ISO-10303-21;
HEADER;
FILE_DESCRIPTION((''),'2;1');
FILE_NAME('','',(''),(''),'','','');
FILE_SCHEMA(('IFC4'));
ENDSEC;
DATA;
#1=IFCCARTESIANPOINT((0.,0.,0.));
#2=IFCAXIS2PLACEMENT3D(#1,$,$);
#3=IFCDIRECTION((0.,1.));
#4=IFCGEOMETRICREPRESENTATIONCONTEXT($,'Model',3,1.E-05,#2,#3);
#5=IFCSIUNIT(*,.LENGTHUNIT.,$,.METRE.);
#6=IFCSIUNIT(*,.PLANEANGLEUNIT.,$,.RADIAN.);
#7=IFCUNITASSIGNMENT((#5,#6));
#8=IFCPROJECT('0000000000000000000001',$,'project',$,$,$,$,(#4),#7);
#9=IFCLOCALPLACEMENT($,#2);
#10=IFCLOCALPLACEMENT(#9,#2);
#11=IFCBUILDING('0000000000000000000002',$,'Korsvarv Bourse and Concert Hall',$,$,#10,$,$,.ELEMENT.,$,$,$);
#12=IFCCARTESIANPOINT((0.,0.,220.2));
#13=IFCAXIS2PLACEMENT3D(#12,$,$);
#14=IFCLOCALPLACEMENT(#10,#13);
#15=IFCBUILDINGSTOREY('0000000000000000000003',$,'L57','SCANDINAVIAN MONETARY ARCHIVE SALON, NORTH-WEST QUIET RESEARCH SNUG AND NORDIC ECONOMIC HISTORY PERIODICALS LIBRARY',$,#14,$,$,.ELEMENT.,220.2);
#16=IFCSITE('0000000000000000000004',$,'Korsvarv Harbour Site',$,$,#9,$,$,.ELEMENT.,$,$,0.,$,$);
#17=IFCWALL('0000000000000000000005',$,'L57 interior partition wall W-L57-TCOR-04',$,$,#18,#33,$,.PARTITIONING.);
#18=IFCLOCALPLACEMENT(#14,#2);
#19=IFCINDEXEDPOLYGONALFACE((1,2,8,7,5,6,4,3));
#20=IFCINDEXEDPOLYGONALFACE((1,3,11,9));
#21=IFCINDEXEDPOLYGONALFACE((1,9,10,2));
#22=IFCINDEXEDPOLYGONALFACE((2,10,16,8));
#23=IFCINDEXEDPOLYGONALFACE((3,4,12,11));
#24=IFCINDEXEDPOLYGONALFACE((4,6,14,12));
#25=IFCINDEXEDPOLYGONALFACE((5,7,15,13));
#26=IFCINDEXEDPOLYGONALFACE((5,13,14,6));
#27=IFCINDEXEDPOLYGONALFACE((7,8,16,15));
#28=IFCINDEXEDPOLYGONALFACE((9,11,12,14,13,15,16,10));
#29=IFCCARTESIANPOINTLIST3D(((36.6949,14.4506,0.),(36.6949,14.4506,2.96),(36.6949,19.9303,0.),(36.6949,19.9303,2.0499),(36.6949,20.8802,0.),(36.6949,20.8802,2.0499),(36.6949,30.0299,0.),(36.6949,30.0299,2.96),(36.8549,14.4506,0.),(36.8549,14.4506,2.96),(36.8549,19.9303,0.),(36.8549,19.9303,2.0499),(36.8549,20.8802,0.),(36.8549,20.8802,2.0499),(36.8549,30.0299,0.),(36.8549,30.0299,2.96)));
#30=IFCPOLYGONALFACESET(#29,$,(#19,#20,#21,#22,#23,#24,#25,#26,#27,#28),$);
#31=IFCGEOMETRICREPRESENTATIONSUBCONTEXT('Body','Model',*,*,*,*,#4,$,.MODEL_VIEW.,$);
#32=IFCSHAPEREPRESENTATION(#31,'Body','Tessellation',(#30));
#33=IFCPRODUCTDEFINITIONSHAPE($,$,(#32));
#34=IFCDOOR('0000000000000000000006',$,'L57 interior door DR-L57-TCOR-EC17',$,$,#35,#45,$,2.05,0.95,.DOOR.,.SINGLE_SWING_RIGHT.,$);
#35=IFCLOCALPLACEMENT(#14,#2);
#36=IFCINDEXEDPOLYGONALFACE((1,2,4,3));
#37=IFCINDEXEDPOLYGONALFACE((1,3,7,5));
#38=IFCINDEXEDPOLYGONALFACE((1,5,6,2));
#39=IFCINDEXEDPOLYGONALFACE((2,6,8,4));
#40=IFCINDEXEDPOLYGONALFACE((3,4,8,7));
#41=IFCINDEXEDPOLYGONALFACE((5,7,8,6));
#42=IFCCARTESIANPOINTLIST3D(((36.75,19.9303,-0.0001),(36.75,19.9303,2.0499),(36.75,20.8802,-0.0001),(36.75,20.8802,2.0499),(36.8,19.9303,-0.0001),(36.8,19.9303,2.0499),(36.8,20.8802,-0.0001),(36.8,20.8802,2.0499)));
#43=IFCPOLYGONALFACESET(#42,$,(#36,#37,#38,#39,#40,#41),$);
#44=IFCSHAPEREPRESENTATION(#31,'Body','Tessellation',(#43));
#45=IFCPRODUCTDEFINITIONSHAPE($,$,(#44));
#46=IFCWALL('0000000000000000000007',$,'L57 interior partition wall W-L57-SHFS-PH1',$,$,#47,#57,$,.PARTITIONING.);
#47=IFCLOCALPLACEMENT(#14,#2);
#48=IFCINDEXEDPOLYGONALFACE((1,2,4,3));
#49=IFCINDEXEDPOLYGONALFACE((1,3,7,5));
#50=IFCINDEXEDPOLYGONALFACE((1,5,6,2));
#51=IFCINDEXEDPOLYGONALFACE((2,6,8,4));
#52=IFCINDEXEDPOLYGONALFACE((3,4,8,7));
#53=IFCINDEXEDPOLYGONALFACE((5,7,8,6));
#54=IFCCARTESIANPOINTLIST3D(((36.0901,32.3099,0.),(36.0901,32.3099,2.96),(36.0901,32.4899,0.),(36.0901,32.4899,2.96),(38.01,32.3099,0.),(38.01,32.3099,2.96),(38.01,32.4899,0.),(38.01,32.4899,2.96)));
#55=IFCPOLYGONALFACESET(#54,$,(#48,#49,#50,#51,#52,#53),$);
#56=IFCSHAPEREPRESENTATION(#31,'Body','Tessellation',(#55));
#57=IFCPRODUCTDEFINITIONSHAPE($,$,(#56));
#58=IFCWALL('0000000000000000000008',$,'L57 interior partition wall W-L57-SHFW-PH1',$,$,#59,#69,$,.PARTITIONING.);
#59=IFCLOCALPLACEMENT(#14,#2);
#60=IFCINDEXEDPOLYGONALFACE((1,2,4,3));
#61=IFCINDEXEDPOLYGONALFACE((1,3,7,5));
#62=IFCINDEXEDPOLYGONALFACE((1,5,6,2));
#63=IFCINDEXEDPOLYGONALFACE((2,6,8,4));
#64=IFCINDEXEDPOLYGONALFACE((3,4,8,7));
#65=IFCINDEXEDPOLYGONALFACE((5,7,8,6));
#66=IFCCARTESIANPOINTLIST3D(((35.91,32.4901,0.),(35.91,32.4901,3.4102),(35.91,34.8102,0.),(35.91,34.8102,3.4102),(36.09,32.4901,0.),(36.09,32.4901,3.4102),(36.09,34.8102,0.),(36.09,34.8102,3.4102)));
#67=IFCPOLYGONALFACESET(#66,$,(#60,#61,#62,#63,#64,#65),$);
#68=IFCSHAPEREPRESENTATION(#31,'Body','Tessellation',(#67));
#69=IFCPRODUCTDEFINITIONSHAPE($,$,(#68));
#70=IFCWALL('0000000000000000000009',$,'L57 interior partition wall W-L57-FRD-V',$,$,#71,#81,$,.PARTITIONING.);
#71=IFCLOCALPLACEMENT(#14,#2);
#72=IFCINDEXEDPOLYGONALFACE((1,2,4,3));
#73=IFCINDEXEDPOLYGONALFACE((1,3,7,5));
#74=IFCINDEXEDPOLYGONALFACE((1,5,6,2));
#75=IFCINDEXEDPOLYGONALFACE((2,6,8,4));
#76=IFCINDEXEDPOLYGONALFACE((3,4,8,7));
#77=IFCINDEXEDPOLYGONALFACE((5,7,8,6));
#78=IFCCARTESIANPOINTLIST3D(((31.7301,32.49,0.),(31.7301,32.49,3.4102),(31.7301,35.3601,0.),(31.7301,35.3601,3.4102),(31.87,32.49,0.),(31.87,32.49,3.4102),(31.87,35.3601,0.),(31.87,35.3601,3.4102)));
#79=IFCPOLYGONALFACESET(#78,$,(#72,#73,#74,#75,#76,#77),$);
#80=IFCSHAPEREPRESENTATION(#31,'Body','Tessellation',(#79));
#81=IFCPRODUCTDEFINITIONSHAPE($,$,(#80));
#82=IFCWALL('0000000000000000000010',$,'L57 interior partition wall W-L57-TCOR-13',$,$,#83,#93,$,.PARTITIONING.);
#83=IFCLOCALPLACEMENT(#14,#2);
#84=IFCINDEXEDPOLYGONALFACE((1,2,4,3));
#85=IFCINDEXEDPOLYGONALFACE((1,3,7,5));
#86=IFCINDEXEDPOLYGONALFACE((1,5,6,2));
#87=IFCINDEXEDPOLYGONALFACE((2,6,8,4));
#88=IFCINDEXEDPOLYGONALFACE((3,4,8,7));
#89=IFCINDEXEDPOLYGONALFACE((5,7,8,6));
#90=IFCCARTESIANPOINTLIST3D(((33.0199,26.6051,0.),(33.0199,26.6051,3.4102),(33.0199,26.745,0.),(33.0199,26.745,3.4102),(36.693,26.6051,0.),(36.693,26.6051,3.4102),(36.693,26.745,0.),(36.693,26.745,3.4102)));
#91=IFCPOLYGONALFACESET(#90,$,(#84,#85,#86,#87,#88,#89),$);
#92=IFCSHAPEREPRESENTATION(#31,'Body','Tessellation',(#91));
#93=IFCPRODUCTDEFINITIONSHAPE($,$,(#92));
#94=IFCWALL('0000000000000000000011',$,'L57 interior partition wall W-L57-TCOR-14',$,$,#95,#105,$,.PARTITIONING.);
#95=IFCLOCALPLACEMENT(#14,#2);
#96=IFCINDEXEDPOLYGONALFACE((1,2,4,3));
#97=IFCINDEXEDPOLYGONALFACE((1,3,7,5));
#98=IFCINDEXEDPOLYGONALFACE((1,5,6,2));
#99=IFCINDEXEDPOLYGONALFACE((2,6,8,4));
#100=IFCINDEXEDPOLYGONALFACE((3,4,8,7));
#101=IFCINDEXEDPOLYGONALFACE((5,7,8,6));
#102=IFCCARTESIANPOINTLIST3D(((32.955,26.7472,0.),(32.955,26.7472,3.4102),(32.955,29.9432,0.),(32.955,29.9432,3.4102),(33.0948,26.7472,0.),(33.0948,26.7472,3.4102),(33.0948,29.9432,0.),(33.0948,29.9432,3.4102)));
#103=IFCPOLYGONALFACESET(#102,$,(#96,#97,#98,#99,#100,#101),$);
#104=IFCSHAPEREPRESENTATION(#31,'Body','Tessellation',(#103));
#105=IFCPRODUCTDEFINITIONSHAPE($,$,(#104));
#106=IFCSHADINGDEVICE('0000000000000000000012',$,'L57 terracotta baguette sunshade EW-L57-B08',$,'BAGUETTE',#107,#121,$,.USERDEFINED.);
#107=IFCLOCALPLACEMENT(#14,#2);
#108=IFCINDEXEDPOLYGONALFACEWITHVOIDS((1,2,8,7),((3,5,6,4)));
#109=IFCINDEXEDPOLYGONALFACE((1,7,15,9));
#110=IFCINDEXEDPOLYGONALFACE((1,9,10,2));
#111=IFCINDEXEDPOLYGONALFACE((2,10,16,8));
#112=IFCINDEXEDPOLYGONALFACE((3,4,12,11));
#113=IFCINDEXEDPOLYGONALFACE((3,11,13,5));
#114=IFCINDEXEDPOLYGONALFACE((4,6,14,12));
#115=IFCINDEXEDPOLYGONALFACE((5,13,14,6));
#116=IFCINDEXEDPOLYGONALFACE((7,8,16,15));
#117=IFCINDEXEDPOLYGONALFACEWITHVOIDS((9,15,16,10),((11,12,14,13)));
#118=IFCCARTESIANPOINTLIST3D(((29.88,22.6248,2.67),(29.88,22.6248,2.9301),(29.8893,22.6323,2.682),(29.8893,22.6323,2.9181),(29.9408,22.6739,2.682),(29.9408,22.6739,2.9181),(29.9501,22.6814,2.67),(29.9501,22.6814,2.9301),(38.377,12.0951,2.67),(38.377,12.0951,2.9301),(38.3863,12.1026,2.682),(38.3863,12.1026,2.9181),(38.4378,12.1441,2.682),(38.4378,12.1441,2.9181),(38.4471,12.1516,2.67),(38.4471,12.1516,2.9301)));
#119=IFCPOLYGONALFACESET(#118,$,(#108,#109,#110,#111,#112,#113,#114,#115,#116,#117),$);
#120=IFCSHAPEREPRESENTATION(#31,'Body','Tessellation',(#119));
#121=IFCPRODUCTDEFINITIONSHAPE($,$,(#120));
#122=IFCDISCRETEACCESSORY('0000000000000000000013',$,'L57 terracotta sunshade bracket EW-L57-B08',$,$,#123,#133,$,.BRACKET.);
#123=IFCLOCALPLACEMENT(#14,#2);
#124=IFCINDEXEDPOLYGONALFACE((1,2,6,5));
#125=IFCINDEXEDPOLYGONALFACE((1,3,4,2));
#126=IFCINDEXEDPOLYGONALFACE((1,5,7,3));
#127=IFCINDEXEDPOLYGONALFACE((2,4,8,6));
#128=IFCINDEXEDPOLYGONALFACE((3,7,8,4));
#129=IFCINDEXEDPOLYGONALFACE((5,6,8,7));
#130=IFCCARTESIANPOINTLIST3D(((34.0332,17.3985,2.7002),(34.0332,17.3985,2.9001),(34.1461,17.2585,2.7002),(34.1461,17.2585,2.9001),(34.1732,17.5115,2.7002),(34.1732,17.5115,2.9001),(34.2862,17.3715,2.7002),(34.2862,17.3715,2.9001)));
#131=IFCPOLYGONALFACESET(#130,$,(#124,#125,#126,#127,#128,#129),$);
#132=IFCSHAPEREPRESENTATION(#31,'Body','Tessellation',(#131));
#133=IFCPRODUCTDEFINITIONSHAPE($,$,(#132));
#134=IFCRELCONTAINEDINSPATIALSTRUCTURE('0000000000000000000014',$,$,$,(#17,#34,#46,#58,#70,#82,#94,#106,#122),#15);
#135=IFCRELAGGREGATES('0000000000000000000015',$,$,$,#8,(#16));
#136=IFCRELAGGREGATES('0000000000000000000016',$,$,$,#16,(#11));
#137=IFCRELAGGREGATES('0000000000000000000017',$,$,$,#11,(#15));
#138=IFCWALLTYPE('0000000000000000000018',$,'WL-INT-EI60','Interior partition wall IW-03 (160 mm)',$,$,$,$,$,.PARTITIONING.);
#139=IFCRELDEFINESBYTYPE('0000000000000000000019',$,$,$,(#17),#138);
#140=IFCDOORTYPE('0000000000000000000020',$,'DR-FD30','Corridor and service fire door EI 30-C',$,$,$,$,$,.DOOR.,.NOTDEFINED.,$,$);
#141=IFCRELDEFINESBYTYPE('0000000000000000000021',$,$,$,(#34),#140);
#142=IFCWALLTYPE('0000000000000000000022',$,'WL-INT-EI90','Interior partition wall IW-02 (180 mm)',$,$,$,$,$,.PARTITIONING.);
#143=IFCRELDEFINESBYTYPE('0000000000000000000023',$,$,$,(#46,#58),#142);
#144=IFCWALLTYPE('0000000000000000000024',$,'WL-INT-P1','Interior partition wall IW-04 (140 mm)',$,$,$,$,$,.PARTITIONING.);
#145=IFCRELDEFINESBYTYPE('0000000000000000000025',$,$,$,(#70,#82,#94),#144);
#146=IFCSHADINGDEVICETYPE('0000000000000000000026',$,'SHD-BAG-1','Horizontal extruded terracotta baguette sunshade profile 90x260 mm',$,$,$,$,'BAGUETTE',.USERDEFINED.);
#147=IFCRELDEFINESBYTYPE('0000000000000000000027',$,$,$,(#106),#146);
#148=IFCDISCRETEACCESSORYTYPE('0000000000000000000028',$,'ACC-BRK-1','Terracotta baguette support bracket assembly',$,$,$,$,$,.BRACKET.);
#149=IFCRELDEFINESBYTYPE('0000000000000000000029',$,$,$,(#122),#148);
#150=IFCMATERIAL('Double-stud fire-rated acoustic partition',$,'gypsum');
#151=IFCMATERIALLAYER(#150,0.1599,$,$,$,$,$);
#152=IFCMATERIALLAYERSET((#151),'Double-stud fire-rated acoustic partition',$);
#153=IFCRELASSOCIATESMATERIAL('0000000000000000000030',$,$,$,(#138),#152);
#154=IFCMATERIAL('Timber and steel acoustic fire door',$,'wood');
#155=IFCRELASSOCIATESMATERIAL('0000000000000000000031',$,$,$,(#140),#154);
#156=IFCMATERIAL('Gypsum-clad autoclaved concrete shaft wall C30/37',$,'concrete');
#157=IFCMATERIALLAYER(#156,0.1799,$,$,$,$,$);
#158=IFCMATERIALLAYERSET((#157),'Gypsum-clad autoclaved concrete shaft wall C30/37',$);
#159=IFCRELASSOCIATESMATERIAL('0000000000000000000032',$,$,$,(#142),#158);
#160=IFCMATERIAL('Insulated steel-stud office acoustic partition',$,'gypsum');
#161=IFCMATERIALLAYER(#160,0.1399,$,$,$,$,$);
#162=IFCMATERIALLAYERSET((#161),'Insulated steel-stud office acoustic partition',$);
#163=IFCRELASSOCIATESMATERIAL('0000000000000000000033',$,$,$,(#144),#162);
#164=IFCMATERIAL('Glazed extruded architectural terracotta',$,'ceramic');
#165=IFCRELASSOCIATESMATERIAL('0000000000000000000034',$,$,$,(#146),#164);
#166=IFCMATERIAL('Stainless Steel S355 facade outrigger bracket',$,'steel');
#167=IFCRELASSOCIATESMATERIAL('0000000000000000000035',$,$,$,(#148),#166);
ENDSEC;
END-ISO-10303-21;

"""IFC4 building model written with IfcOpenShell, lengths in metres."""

from ifc_helpers import new_model, si_unit, direction, frame, frame_2d, origin, origin_2d, place, context, subcontext, project, spatial, rectangle, hollow_rectangle, extrude, source, transform, mapped, material, layer, layer_set, material_profile, profile_set, type_object, element, fill, save


model = new_model("IFC4")

# Units and contexts
model_context = context("Model", 3, precision=1e-05, world=origin(), true_north=direction((0.0, 1.0)))
body_context = subcontext(model_context, "Body", "Model", "MODEL_VIEW")
ifc_project = project(units=[si_unit("LENGTHUNIT", "METRE"), si_unit("PLANEANGLEUNIT", "RADIAN")], contexts=[model_context])

# Site, building, storey
site_placement = place(None, origin())
site = spatial("IfcSite", under=ifc_project, at=site_placement, Name="Korsvarv Harbour Site", CompositionType="ELEMENT", RefElevation=0.0)
building_placement = place(site_placement, origin())
building = spatial("IfcBuilding", under=site, at=building_placement, Name="Korsvarv Bourse and Concert Hall", CompositionType="ELEMENT")
storey_placement = place(building_placement, frame((0.0, 0.0, 220.2)))
storey = spatial("IfcBuildingStorey", under=building, at=storey_placement, Name="L57", Description="SCANDINAVIAN MONETARY ARCHIVE SALON, NORTH-WEST QUIET RESEARCH SNUG AND NORDIC ECONOMIC HISTORY PERIODICALS LIBRARY", CompositionType="ELEMENT", Elevation=220.2)

# Shared definitions
ifc_material_1 = material(Name="Double-stud fire-rated acoustic partition", Category="gypsum")
ifc_layer_1 = layer(ifc_material_1, 0.1599)
ifc_layer_set_1 = layer_set([ifc_layer_1], Name="Double-stud fire-rated acoustic partition")
wall_type_1 = type_object("IfcWallType", Name="WL-INT-EI60", Description="Interior partition wall IW-03 (160 mm)", PredefinedType="PARTITIONING", material=ifc_layer_set_1)

# Wall, opening, door
wall_1_placement = place(storey_placement, frame((36.7749, 14.4507, 0.0), z_axis=(0.0, 0.0, 1.0), x_axis=(0.0, 1.0, 0.0)))
wall_1 = element("IfcWall", 1, at=wall_1_placement, inside=storey, type_object=wall_type_1, Name="L57 interior partition wall W-L57-TCOR-04", PredefinedType="PARTITIONING", context=body_context, shape_type="SweptSolid", body=[
    extrude(rectangle(XDim=15.5793, YDim=0.1599, at=frame_2d((7.7896, 0.0))), origin(), (0.0, 0.0, 1.0), 2.96),
])
opening_1_placement = place(wall_1_placement, frame((5.4795, 0.0, 0.0)))
opening_1 = element("IfcOpeningElement", 2, at=opening_1_placement, cuts=wall_1, PredefinedType="OPENING", context=body_context, shape_type="SweptSolid", body=[
    extrude(rectangle(XDim=0.95, YDim=2.05, at=frame_2d((0.4751, 1.0249))), frame((0.0, 0.0898, 0.0), z_axis=(0.0, -1.0, 0.0), x_axis=(1.0, 0.0, 0.0)), (0.0, 0.0, 1.0), 0.1799),
])
ifc_material_2 = material(Name="Timber and steel acoustic fire door", Category="wood")
door_type = type_object("IfcDoorType", Name="DR-FD30", Description="Corridor and service fire door EI 30-C", OperationType="NOTDEFINED", PredefinedType="DOOR", material=ifc_material_2)
door_placement = place(opening_1_placement, origin())
door = element("IfcDoor", 3, at=door_placement, inside=storey, type_object=door_type, Name="L57 interior door DR-L57-TCOR-EC17", OperationType="SINGLE_SWING_RIGHT", OverallHeight=2.05, OverallWidth=0.95, PredefinedType="DOOR", context=body_context, shape_type="SweptSolid", body=[
    extrude(rectangle(XDim=0.95, YDim=2.05, at=frame_2d((0.4751, 1.0249))), frame((0.0, 0.0249, 0.0), z_axis=(0.0, -1.0, 0.0), x_axis=(1.0, 0.0, 0.0)), (0.0, 0.0, 1.0), 0.05),
])
fill(opening_1, door)

# Walls
ifc_material_3 = material(Name="Gypsum-clad autoclaved concrete shaft wall C30/37", Category="concrete")
ifc_layer_2 = layer(ifc_material_3, 0.1799)
ifc_layer_set_2 = layer_set([ifc_layer_2], Name="Gypsum-clad autoclaved concrete shaft wall C30/37")
wall_type_2 = type_object("IfcWallType", Name="WL-INT-EI90", Description="Interior partition wall IW-02 (180 mm)", PredefinedType="PARTITIONING", material=ifc_layer_set_2)
wall_2_placement = place(storey_placement, frame((36.0901, 32.3999, 0.0), z_axis=(0.0, 0.0, 1.0), x_axis=(1.0, 0.0, 0.0)))
element("IfcWall", 4, at=wall_2_placement, inside=storey, type_object=wall_type_2, Name="L57 interior partition wall W-L57-SHFS-PH1", PredefinedType="PARTITIONING", context=body_context, shape_type="SweptSolid", body=[
    extrude(rectangle(XDim=1.9199, YDim=0.1799, at=frame_2d((0.96, 0.0))), origin(), (0.0, 0.0, 1.0), 2.96),
])
wall_3_placement = place(storey_placement, frame((36.0, 32.49, 0.0), z_axis=(0.0, 0.0, 1.0), x_axis=(0.0, 1.0, 0.0)))
element("IfcWall", 5, at=wall_3_placement, inside=storey, type_object=wall_type_2, Name="L57 interior partition wall W-L57-SHFW-PH1", PredefinedType="PARTITIONING", context=body_context, shape_type="SweptSolid", body=[
    extrude(rectangle(XDim=2.3201, YDim=0.1799, at=frame_2d((1.1602, 0.0))), origin(), (0.0, 0.0, 1.0), 3.4102),
])
ifc_material_4 = material(Name="Insulated steel-stud office acoustic partition", Category="gypsum")
ifc_layer_3 = layer(ifc_material_4, 0.1399)
ifc_layer_set_3 = layer_set([ifc_layer_3], Name="Insulated steel-stud office acoustic partition")
wall_type_3 = type_object("IfcWallType", Name="WL-INT-P1", Description="Interior partition wall IW-04 (140 mm)", PredefinedType="PARTITIONING", material=ifc_layer_set_3)
wall_4_placement = place(storey_placement, frame((31.8, 32.49, 0.0), z_axis=(0.0, 0.0, 1.0), x_axis=(0.0, 1.0, 0.0)))
element("IfcWall", 6, at=wall_4_placement, inside=storey, type_object=wall_type_3, Name="L57 interior partition wall W-L57-FRD-V", PredefinedType="PARTITIONING", context=body_context, shape_type="SweptSolid", body=[
    extrude(rectangle(XDim=2.8701, YDim=0.1399, at=frame_2d((1.4351, 0.0))), origin(), (0.0, 0.0, 1.0), 3.4102),
])
wall_5_placement = place(storey_placement, frame((33.02, 26.675, 0.0), z_axis=(0.0, 0.0, 1.0), x_axis=(1.0, 0.0, 0.0)))
element("IfcWall", 7, at=wall_5_placement, inside=storey, type_object=wall_type_3, Name="L57 interior partition wall W-L57-TCOR-13", PredefinedType="PARTITIONING", context=body_context, shape_type="SweptSolid", body=[
    extrude(rectangle(XDim=3.6731, YDim=0.1399, at=frame_2d((1.8364, 0.0))), origin(), (0.0, 0.0, 1.0), 3.4102),
])
wall_6_placement = place(storey_placement, frame((33.0249, 26.7471, 0.0), z_axis=(0.0, 0.0, 1.0), x_axis=(0.0, 1.0, 0.0)))
element("IfcWall", 8, at=wall_6_placement, inside=storey, type_object=wall_type_3, Name="L57 interior partition wall W-L57-TCOR-14", PredefinedType="PARTITIONING", context=body_context, shape_type="SweptSolid", body=[
    extrude(rectangle(XDim=3.196, YDim=0.1399, at=frame_2d((1.5981, 0.0))), origin(), (0.0, 0.0, 1.0), 3.4102),
])

# Shading device
ifc_material_5 = material(Name="Glazed extruded architectural terracotta", Category="ceramic")
ifc_material_profile_1 = material_profile(ifc_material_5, hollow_rectangle(XDim=0.0901, YDim=0.26, WallThickness=0.012, at=origin_2d()), Name="TC-BAG 90x260")
ifc_profile_set_1 = profile_set([ifc_material_profile_1], Name="Glazed extruded architectural terracotta")
shading_device_type = type_object("IfcShadingDeviceType", Name="SHD-BAG-1", Description="Horizontal extruded terracotta baguette sunshade profile 90x260 mm", ElementType="BAGUETTE", PredefinedType="USERDEFINED", material=ifc_profile_set_1)
shared_shape_1 = source(origin(), body_context, "Body", "SweptSolid", [
    extrude(hollow_rectangle(XDim=0.0901, YDim=0.26, WallThickness=0.012, at=origin_2d()), origin(), (0.0, 0.0, 1.0), 13.5305),
])
shading_device_placement = place(storey_placement, frame((29.915, 22.6531, 2.8), z_axis=(0.62799, -0.778221, 0.0), x_axis=(0.778221, 0.62799, 0.0)))
element("IfcShadingDevice", 9, at=shading_device_placement, inside=storey, type_object=shading_device_type, Name="L57 terracotta baguette sunshade EW-L57-B08", ObjectType="BAGUETTE", PredefinedType="USERDEFINED", context=body_context, shape_type="MappedRepresentation", body=[
    mapped(shared_shape_1, transform((0.0, 0.0, 0.0), scale=1.0)),
])

# Discrete accessory
ifc_material_6 = material(Name="Stainless Steel S355 facade outrigger bracket", Category="steel")
discrete_accessory_type = type_object("IfcDiscreteAccessoryType", Name="ACC-BRK-1", Description="Terracotta baguette support bracket assembly", PredefinedType="BRACKET", material=ifc_material_6)
shared_shape_2 = source(origin(), body_context, "Body", "SweptSolid", [
    extrude(rectangle(XDim=0.1799, YDim=0.1799, at=origin_2d()), origin(), (0.0, 0.0, 1.0), 0.2),
])
discrete_accessory_placement = place(storey_placement, frame((34.1597, 17.385, 2.7002), z_axis=(0.0, 0.0, 1.0), x_axis=(0.627963, -0.778243, 0.0)))
element("IfcDiscreteAccessory", 10, at=discrete_accessory_placement, inside=storey, type_object=discrete_accessory_type, Name="L57 terracotta sunshade bracket EW-L57-B08", PredefinedType="BRACKET", context=body_context, shape_type="MappedRepresentation", body=[
    mapped(shared_shape_2, transform((0.0, 0.0, 0.0), scale=1.0)),
])

save(model, "model.ifc")
